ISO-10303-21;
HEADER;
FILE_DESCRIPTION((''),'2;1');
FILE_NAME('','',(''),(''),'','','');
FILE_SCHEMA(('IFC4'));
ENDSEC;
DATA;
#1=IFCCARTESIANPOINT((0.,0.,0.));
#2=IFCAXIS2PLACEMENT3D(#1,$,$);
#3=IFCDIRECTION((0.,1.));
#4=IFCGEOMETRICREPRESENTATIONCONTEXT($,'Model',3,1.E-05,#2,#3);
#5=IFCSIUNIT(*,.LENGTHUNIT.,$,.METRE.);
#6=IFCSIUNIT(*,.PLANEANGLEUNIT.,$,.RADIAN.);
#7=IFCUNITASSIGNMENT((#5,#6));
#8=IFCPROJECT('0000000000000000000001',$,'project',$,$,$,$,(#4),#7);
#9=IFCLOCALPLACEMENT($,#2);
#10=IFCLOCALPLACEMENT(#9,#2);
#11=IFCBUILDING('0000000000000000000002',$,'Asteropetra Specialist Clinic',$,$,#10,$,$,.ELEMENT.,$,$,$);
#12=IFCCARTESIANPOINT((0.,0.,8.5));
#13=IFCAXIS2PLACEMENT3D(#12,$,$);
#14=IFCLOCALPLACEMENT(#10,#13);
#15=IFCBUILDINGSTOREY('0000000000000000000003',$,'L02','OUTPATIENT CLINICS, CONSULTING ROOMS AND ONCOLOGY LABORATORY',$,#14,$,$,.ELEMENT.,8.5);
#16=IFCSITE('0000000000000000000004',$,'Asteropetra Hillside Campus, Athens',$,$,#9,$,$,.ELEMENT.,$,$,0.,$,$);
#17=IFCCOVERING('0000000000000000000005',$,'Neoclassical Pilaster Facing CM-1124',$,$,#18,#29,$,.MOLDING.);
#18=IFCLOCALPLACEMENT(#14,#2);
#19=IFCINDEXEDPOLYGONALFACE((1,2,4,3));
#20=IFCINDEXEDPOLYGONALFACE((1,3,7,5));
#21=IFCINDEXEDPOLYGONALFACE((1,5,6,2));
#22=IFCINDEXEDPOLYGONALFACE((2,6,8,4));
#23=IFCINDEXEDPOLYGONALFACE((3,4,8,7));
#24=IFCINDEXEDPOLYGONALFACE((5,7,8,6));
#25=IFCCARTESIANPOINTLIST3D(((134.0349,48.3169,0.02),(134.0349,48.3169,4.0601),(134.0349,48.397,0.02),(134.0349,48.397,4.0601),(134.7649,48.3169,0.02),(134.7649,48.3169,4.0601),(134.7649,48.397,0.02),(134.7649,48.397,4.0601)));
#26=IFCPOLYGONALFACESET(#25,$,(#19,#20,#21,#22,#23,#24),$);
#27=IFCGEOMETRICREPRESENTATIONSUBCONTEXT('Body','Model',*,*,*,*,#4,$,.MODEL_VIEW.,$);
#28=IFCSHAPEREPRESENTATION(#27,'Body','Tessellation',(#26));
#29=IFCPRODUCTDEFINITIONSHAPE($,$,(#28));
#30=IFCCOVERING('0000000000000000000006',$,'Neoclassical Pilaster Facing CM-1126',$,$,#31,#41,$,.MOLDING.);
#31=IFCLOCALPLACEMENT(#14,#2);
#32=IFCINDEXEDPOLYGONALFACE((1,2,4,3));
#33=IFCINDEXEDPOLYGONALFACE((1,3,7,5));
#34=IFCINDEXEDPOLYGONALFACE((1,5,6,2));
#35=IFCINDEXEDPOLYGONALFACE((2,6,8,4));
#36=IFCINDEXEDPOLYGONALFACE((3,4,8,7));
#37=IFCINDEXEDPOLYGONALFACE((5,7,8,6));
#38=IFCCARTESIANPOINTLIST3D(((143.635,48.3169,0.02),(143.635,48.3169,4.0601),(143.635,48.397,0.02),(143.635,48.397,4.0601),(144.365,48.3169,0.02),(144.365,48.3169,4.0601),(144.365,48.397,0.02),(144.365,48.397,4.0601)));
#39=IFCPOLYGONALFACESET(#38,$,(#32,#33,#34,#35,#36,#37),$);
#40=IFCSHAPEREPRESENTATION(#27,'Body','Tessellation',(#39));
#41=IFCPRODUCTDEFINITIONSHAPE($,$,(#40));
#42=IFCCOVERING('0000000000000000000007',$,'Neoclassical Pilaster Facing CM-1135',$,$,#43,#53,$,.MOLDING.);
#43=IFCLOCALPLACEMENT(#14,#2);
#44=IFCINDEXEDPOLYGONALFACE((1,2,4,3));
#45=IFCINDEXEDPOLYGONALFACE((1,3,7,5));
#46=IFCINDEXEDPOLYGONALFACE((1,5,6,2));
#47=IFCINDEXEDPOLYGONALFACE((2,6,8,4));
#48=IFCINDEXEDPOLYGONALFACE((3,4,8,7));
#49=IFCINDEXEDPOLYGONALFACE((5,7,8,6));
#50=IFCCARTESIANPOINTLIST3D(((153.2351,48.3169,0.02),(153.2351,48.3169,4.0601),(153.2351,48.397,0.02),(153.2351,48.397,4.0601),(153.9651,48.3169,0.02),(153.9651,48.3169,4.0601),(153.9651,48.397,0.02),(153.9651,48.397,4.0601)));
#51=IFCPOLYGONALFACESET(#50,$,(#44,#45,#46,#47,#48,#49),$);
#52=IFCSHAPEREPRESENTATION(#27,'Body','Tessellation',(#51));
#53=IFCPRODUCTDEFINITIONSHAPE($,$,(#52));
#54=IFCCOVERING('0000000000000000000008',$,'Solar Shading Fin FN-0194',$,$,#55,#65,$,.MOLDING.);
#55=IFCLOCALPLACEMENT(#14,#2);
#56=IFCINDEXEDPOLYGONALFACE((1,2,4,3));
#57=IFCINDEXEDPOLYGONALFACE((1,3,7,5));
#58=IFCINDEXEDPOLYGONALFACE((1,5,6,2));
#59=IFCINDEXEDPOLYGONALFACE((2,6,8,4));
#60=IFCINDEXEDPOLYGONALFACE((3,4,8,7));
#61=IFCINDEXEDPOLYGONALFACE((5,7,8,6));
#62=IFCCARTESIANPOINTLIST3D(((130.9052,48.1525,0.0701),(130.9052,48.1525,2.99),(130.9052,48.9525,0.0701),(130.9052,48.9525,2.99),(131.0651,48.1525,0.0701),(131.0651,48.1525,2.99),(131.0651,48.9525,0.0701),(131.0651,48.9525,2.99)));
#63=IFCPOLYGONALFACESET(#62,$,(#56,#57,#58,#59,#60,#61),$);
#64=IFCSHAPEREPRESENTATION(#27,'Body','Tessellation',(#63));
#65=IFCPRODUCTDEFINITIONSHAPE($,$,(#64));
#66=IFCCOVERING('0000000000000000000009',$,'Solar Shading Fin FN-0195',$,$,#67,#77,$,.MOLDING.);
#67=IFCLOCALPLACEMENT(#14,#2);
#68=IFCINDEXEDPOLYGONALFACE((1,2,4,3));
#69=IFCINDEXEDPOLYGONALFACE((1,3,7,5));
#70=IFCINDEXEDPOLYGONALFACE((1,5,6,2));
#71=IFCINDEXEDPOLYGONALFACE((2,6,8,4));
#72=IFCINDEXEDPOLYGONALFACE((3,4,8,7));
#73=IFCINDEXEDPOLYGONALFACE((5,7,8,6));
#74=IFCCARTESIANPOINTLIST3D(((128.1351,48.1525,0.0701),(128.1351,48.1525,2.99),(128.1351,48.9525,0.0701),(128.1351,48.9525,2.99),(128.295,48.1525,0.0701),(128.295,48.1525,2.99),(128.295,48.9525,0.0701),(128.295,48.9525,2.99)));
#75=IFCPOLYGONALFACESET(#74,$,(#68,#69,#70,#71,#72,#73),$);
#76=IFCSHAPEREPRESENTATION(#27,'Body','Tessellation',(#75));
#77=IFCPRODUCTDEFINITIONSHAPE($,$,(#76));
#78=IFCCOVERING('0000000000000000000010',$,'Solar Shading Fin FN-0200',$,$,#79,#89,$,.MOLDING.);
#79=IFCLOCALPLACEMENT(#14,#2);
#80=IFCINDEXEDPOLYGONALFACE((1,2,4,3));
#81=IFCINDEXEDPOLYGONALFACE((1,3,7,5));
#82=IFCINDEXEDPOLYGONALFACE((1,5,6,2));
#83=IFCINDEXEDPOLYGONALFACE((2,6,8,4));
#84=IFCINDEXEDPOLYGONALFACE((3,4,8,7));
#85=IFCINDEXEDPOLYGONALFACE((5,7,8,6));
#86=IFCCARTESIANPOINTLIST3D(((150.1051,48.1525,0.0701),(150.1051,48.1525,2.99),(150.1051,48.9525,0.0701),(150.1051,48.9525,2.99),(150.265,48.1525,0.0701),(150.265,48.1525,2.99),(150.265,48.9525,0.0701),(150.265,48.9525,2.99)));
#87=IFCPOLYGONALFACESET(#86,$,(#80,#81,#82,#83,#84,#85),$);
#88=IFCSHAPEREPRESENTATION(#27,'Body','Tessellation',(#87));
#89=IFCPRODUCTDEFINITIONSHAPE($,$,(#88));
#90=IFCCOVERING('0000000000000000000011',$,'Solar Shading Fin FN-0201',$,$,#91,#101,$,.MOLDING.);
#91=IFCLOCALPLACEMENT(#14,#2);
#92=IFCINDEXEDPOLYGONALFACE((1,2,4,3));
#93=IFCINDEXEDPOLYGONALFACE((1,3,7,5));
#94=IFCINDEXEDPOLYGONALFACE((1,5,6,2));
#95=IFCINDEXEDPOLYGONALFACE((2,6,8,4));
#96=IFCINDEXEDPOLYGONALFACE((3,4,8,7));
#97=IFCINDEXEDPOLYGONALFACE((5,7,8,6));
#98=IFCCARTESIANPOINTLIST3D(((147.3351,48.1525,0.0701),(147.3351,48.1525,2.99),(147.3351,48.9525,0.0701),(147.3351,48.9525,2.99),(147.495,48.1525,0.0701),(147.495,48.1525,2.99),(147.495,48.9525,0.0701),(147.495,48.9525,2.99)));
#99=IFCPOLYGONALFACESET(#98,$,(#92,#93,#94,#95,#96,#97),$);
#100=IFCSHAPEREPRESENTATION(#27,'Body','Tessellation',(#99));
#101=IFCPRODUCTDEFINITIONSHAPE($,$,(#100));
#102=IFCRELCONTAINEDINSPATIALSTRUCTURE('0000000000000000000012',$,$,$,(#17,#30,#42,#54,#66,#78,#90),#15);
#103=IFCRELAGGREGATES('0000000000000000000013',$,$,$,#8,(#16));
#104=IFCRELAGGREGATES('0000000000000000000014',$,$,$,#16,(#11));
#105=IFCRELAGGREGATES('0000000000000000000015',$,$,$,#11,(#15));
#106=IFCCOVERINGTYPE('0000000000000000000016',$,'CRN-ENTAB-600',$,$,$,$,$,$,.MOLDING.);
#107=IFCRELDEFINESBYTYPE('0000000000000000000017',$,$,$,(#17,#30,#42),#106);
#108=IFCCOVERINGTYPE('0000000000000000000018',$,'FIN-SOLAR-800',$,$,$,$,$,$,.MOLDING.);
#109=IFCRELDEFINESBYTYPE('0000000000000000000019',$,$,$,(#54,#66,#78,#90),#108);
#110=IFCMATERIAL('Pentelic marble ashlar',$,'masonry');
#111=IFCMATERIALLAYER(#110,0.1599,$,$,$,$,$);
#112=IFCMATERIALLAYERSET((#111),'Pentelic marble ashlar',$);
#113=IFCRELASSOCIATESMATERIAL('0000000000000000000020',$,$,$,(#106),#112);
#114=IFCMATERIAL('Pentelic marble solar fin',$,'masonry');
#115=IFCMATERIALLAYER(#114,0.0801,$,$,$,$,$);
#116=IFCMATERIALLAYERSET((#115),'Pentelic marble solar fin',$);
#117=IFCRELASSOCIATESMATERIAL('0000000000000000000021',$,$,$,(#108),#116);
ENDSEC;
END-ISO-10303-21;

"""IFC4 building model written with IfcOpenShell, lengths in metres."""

from ifc_helpers import new_model, si_unit, direction, frame, origin, origin_2d, place, context, subcontext, project, spatial, rectangle, extrude, material, layer, layer_set, type_object, element, save


model = new_model("IFC4")

# Units and contexts
model_context = context("Model", 3, precision=1e-05, world=origin(), true_north=direction((0.0, 1.0)))
body_context = subcontext(model_context, "Body", "Model", "MODEL_VIEW")
ifc_project = project(units=[si_unit("LENGTHUNIT", "METRE"), si_unit("PLANEANGLEUNIT", "RADIAN")], contexts=[model_context])

# Site, building, storey
site_placement = place(None, origin())
site = spatial("IfcSite", under=ifc_project, at=site_placement, Name="Asteropetra Hillside Campus, Athens", CompositionType="ELEMENT", RefElevation=0.0)
building_placement = place(site_placement, origin())
building = spatial("IfcBuilding", under=site, at=building_placement, Name="Asteropetra Specialist Clinic", CompositionType="ELEMENT")
storey_placement = place(building_placement, frame((0.0, 0.0, 8.5)))
storey = spatial("IfcBuildingStorey", under=building, at=storey_placement, Name="L02", Description="OUTPATIENT CLINICS, CONSULTING ROOMS AND ONCOLOGY LABORATORY", CompositionType="ELEMENT", Elevation=8.5)

# Coverings
ifc_material_1 = material(Name="Pentelic marble ashlar", Category="masonry")
ifc_layer_1 = layer(ifc_material_1, 0.1599)
ifc_layer_set_1 = layer_set([ifc_layer_1], Name="Pentelic marble ashlar")
covering_type_1 = type_object("IfcCoveringType", Name="CRN-ENTAB-600", PredefinedType="MOLDING", material=ifc_layer_set_1)
for number, where, z_axis, x_axis, name in (
    (1, (134.3999, 48.3569, 0.02), (0.0, 0.0, 1.0), (1.0, 0.0, 0.0), "Neoclassical Pilaster Facing CM-1124"),
    (2, (144.0, 48.3569, 0.02), (0.0, 0.0, 1.0), (1.0, 0.0, 0.0), "Neoclassical Pilaster Facing CM-1126"),
    (3, (153.6001, 48.3569, 0.02), (0.0, 0.0, 1.0), (1.0, 0.0, 0.0), "Neoclassical Pilaster Facing CM-1135"),
):
    element("IfcCovering", number, at=place(storey_placement, frame(where, z_axis=z_axis, x_axis=x_axis)), inside=storey, type_object=covering_type_1, Name=name, PredefinedType="MOLDING", context=body_context, shape_type="SweptSolid", body=[
        extrude(rectangle(XDim=0.73, YDim=0.0801, at=origin_2d()), origin(), (0.0, 0.0, 1.0), 4.04),
    ])
ifc_material_2 = material(Name="Pentelic marble solar fin", Category="masonry")
ifc_layer_2 = layer(ifc_material_2, 0.0801)
ifc_layer_set_2 = layer_set([ifc_layer_2], Name="Pentelic marble solar fin")
covering_type_2 = type_object("IfcCoveringType", Name="FIN-SOLAR-800", PredefinedType="MOLDING", material=ifc_layer_set_2)
for number, where, z_axis, x_axis, name in (
    (4, (130.9851, 48.5525, 0.0701), (0.0, 0.0, 1.0), (1.0, 0.0, 0.0), "Solar Shading Fin FN-0194"),
    (5, (128.2151, 48.5525, 0.0701), (0.0, 0.0, 1.0), (1.0, 0.0, 0.0), "Solar Shading Fin FN-0195"),
    (6, (150.1851, 48.5525, 0.0701), (0.0, 0.0, 1.0), (1.0, 0.0, 0.0), "Solar Shading Fin FN-0200"),
    (7, (147.415, 48.5525, 0.0701), (0.0, 0.0, 1.0), (1.0, 0.0, 0.0), "Solar Shading Fin FN-0201"),
):
    element("IfcCovering", number, at=place(storey_placement, frame(where, z_axis=z_axis, x_axis=x_axis)), inside=storey, type_object=covering_type_2, Name=name, PredefinedType="MOLDING", context=body_context, shape_type="SweptSolid", body=[
        extrude(rectangle(XDim=0.1599, YDim=0.8, at=origin_2d()), origin(), (0.0, 0.0, 1.0), 2.9199),
    ])

save(model, "model.ifc")
